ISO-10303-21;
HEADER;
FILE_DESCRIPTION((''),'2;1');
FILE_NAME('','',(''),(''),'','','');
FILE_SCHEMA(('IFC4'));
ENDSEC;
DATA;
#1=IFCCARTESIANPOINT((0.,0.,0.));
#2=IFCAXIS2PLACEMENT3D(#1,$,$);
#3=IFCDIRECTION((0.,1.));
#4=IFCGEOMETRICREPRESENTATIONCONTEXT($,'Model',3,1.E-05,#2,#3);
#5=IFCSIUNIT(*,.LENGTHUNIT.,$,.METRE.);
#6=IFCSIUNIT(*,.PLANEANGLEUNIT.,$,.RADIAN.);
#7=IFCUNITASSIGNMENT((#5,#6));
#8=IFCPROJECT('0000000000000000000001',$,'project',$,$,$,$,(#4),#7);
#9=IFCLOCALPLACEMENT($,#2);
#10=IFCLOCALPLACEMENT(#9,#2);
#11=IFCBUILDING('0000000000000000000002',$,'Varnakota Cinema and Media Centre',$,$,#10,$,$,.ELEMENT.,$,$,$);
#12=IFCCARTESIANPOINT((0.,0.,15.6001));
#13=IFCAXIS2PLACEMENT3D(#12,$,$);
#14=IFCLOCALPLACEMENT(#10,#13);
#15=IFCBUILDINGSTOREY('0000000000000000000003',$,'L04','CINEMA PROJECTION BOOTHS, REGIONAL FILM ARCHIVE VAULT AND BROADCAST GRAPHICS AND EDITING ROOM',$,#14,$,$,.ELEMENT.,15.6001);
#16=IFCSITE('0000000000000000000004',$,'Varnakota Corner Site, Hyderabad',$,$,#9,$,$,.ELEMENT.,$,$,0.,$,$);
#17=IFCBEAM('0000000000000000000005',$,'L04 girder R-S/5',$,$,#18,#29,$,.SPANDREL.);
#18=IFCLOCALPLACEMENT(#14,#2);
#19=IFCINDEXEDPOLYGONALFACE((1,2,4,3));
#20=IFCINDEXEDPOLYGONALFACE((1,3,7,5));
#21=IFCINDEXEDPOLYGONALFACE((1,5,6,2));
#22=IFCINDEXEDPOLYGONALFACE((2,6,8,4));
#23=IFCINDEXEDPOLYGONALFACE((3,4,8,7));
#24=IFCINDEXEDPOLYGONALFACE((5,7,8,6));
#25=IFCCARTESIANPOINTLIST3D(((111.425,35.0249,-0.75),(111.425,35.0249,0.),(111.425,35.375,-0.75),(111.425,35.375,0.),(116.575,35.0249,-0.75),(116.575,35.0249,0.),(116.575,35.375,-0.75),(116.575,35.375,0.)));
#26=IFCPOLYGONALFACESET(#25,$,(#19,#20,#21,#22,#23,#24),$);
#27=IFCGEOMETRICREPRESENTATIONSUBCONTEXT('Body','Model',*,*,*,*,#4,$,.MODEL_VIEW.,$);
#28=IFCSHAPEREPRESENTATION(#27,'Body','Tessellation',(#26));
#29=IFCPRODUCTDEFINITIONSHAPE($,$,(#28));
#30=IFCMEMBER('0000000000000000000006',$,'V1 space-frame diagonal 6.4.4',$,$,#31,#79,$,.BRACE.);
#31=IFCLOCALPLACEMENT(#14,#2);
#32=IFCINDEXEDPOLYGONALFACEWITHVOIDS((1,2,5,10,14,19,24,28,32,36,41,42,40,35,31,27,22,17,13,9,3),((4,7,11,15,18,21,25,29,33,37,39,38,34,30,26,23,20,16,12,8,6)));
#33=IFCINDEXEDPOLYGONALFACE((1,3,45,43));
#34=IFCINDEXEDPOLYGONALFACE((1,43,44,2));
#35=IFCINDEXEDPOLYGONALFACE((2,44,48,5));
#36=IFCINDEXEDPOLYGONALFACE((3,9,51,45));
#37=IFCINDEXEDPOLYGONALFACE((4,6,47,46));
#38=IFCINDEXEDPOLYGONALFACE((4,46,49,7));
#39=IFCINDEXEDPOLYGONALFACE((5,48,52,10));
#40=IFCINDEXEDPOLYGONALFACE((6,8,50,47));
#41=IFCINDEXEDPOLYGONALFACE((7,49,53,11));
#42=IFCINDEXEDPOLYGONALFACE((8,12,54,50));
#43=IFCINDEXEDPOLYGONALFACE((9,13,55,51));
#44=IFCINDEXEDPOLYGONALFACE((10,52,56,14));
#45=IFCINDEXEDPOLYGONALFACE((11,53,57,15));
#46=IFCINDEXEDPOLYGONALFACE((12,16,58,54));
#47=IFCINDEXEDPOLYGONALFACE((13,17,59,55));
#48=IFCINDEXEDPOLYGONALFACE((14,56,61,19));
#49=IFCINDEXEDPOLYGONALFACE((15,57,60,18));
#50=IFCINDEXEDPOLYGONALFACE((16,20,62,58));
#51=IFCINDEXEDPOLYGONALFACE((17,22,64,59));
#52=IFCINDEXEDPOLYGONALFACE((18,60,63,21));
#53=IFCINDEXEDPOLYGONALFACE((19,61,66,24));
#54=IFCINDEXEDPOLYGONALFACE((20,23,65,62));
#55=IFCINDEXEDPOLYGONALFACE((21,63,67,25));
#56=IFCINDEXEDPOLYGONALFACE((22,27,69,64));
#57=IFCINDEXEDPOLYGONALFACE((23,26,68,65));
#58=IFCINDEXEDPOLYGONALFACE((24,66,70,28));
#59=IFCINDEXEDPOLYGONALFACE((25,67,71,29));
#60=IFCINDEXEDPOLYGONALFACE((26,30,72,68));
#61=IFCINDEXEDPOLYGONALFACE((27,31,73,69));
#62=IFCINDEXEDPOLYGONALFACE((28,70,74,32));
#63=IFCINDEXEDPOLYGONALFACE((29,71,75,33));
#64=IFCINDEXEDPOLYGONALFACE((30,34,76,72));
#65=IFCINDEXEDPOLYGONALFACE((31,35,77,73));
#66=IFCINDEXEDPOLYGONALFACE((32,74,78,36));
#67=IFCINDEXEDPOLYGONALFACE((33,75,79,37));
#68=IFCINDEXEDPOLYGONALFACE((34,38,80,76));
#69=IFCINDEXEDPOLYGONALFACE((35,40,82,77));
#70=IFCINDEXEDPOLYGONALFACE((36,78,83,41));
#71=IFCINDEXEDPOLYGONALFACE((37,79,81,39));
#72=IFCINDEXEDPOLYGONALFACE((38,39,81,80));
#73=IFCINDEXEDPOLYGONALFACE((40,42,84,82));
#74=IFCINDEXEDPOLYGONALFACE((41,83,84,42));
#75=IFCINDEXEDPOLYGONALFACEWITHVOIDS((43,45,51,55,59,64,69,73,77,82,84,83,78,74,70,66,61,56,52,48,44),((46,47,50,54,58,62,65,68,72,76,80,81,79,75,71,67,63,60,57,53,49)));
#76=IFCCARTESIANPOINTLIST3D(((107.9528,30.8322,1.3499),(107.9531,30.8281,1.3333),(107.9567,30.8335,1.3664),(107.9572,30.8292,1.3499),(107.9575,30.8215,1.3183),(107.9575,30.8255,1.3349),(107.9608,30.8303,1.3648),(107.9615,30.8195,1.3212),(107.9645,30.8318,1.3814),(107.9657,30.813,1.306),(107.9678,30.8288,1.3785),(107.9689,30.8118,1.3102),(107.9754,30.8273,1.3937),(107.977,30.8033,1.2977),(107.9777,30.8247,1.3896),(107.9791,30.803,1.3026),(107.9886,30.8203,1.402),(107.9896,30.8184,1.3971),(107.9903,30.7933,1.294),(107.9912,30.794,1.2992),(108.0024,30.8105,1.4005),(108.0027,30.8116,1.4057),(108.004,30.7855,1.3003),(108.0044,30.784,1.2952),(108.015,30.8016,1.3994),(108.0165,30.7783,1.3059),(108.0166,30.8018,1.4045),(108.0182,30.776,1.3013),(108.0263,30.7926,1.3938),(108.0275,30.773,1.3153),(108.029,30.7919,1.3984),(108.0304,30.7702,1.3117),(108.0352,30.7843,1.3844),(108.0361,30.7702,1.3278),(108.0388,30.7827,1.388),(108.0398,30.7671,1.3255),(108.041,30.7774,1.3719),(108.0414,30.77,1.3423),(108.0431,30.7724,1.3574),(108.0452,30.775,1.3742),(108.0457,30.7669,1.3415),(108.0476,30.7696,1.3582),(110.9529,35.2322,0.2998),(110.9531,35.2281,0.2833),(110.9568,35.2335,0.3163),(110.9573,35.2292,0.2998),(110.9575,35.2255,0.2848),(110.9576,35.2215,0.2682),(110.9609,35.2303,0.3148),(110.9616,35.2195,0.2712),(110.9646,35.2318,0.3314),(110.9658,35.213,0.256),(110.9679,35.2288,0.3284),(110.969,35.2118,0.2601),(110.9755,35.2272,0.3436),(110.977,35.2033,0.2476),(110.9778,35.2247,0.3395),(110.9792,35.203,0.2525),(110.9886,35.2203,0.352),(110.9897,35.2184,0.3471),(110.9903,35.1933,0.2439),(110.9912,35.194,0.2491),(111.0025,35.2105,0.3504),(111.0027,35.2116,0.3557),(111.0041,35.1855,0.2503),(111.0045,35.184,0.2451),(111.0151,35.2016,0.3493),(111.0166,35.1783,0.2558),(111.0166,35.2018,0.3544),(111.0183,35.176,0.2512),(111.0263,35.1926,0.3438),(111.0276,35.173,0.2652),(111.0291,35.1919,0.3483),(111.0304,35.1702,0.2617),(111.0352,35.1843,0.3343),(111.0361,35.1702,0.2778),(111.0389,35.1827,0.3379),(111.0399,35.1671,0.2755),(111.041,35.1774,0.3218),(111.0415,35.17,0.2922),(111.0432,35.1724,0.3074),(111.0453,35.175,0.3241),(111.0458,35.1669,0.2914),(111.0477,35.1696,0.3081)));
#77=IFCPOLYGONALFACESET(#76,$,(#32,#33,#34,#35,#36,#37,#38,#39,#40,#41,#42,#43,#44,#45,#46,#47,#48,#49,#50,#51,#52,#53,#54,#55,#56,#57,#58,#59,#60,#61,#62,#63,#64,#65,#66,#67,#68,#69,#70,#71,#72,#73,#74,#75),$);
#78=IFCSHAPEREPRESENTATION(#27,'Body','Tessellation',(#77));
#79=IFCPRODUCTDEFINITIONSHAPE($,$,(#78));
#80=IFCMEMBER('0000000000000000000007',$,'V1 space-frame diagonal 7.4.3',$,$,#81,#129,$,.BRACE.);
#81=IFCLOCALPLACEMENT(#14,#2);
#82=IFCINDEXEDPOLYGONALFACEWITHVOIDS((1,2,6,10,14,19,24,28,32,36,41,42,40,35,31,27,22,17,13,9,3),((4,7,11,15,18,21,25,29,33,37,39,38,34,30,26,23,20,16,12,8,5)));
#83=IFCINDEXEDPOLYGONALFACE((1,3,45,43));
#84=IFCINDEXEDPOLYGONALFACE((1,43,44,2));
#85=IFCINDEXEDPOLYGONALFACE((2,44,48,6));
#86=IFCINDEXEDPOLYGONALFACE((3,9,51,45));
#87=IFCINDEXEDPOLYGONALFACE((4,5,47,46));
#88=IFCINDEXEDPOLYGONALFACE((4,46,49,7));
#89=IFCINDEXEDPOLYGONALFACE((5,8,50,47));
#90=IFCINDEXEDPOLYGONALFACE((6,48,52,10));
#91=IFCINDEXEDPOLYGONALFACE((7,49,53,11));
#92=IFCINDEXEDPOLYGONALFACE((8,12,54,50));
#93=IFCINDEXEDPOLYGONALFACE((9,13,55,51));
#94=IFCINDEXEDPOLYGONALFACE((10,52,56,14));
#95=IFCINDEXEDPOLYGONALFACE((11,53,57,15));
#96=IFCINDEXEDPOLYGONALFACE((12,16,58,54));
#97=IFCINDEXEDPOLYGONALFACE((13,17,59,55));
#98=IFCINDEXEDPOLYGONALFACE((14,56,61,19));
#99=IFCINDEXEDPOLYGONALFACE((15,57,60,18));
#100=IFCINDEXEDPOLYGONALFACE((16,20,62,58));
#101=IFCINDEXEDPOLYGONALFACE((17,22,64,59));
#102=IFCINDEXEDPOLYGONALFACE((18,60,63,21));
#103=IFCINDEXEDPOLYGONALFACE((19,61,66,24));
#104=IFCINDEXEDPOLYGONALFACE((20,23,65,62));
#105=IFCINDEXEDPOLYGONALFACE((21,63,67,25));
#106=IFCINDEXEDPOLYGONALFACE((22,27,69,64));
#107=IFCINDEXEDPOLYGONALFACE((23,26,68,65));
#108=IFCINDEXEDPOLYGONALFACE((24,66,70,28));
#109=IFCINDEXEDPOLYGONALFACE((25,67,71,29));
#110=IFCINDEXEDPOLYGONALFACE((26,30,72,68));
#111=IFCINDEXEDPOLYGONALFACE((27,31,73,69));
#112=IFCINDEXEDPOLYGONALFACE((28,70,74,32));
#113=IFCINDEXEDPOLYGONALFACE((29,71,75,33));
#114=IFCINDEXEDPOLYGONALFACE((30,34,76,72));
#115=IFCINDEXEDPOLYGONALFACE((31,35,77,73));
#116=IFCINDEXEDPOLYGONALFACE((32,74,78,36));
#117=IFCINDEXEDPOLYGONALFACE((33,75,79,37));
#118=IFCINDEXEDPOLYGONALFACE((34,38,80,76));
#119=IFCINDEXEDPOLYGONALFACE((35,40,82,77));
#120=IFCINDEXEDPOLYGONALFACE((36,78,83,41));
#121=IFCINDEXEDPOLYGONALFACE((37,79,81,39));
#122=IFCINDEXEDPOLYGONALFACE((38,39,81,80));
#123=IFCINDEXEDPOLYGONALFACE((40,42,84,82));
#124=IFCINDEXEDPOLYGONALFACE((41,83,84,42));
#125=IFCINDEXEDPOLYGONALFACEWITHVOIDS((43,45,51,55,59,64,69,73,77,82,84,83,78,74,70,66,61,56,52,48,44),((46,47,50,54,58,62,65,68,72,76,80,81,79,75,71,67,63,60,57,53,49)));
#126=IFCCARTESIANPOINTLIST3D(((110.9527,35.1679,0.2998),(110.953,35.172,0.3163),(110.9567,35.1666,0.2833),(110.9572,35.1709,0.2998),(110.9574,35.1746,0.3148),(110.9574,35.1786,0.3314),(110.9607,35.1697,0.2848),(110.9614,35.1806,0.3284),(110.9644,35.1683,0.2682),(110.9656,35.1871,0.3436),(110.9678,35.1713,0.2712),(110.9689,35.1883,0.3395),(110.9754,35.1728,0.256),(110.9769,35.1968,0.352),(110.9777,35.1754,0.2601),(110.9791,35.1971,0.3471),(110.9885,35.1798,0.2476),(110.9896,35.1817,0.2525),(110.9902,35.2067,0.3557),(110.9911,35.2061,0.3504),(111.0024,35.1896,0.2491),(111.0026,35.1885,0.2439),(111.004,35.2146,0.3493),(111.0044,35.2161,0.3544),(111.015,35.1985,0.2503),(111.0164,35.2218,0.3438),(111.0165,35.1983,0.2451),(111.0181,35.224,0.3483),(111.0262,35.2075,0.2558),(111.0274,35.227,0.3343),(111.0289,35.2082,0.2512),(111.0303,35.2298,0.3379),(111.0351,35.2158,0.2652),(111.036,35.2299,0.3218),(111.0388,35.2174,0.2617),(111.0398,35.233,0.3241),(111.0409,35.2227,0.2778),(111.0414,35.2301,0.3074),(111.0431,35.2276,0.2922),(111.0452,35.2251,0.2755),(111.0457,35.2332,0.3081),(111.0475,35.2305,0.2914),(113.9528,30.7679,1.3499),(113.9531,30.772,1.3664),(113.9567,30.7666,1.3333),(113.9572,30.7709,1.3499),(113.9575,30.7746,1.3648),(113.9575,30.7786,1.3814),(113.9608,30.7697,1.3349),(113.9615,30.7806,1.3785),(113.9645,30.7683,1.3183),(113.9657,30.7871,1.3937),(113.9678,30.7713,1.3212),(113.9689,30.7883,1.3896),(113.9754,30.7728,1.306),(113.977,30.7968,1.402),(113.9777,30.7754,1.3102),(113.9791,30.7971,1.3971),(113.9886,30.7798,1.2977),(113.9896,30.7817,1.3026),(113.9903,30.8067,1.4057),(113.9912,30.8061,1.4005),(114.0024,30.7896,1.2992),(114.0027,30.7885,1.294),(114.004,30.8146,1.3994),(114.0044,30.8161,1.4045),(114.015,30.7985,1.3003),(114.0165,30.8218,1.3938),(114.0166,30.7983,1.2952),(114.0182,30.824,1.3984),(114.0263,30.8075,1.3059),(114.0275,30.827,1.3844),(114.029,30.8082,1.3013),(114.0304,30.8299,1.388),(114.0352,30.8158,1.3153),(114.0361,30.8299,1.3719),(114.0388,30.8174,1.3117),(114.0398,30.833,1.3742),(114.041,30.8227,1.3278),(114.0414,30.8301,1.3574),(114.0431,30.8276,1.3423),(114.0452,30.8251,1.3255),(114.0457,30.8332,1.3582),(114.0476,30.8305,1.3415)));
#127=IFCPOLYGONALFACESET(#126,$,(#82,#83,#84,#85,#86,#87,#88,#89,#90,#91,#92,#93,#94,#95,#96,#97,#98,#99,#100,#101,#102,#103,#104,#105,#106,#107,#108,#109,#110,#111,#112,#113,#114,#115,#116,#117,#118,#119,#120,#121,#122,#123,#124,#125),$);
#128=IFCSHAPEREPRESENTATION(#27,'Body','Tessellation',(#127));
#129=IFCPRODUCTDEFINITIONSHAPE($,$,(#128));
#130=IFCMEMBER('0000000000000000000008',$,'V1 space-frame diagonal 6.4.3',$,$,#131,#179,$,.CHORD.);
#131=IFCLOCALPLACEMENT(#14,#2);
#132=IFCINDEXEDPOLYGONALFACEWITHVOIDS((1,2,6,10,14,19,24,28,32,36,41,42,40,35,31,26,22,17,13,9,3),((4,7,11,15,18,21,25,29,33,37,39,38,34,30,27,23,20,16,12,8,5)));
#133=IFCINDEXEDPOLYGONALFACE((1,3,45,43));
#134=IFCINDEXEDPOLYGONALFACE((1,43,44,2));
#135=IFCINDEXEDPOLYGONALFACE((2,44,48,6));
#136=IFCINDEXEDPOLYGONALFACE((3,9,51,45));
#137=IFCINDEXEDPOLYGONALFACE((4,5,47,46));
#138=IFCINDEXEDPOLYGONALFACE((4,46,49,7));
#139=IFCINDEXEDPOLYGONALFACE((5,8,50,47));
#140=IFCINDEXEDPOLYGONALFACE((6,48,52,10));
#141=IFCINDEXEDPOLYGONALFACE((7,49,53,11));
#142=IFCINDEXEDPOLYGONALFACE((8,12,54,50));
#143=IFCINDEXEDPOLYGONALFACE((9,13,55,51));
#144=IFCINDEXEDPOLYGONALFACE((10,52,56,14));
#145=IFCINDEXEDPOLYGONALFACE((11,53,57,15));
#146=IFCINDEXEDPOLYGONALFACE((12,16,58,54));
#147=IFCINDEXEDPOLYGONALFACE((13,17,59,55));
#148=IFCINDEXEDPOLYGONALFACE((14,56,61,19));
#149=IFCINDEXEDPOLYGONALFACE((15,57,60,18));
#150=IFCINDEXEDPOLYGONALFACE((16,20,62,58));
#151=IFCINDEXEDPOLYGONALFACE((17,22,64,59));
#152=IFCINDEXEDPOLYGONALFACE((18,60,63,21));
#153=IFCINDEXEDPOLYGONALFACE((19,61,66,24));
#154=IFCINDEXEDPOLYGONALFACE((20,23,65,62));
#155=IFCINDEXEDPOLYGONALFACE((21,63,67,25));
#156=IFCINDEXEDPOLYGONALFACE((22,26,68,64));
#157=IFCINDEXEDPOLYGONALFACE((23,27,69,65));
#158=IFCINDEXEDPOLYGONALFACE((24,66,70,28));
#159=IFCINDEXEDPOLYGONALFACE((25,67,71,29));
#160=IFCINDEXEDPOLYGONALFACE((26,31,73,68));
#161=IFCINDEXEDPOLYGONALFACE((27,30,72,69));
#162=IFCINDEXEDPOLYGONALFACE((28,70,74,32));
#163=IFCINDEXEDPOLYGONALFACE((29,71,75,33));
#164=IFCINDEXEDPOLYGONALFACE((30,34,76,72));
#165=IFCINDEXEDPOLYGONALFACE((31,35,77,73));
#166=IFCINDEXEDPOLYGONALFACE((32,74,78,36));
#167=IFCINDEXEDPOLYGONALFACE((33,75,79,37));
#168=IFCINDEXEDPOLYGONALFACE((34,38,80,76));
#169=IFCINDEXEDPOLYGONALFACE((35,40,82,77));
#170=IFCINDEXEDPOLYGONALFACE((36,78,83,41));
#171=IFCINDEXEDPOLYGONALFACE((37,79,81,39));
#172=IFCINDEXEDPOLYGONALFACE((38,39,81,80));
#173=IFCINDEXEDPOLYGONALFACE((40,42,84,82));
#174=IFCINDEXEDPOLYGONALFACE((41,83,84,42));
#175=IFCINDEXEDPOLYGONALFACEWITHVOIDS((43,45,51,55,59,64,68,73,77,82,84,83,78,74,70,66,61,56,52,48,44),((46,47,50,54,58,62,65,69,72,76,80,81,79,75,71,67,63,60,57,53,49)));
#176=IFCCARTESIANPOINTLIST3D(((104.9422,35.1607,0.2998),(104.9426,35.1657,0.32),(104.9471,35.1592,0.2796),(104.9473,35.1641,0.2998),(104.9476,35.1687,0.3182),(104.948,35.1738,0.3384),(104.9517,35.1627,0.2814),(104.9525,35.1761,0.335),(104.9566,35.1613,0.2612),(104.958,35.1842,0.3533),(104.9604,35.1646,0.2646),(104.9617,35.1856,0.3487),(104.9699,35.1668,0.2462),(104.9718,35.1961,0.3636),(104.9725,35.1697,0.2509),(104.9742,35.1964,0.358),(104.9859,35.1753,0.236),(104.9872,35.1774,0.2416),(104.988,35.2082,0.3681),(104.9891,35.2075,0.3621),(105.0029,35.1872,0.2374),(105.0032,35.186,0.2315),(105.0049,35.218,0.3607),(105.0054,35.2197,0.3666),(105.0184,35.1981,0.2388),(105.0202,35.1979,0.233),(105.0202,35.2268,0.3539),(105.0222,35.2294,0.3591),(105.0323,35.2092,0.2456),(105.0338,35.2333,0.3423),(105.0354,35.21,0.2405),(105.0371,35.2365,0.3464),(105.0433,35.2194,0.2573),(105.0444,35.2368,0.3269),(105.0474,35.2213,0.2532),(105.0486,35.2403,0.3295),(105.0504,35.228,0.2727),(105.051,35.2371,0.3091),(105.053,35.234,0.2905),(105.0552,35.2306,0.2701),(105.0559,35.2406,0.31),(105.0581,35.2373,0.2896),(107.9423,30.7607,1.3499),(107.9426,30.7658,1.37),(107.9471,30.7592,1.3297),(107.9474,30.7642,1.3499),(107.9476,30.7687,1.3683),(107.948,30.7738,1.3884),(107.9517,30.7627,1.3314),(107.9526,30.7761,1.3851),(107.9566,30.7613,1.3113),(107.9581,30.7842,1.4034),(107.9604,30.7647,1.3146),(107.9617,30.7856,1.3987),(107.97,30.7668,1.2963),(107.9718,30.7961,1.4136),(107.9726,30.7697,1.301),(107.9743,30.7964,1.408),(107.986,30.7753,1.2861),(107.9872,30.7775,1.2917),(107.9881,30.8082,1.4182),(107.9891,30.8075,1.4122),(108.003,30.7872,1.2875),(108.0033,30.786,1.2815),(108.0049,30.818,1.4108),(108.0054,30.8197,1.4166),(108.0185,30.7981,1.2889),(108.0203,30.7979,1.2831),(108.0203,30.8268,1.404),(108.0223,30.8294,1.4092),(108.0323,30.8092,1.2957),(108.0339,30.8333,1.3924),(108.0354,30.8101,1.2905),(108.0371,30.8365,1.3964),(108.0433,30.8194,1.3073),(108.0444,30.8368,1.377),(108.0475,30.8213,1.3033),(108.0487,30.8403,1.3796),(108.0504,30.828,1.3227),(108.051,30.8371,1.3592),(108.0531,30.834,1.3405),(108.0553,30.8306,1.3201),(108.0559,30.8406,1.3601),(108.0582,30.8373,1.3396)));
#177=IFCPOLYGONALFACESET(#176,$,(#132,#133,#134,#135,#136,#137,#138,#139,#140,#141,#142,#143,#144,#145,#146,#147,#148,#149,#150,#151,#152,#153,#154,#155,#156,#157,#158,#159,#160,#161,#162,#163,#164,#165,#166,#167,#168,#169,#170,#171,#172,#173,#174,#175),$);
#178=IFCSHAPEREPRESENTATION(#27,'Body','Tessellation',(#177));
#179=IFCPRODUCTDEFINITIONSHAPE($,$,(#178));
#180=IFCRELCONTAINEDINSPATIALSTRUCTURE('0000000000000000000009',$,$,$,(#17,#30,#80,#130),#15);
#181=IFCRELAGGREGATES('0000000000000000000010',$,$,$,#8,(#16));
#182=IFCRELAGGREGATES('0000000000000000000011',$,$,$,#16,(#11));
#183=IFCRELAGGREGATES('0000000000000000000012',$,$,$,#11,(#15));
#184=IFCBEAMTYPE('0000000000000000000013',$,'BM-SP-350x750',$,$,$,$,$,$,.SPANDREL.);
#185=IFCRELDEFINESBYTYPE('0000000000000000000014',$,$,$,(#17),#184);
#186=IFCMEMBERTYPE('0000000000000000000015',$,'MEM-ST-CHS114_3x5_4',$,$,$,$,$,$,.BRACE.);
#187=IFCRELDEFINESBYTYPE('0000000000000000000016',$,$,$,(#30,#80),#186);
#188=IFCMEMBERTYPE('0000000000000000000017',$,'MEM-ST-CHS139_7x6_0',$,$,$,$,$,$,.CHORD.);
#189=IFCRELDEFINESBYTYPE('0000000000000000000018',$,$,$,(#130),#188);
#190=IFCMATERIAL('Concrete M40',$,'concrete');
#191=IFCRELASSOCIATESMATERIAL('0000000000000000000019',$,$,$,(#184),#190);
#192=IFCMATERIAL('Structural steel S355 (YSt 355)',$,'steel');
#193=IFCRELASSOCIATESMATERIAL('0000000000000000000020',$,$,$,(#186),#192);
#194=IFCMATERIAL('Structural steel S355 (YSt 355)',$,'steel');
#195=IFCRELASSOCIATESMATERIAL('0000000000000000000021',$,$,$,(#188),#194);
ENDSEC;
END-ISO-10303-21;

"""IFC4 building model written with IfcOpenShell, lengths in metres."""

from ifc_helpers import new_model, si_unit, direction, frame, origin, origin_2d, place, context, subcontext, project, spatial, rectangle, hollow_circle, extrude, material, material_profile, profile_set, type_object, element, save


model = new_model("IFC4")

# Units and contexts
model_context = context("Model", 3, precision=1e-05, world=origin(), true_north=direction((0.0, 1.0)))
body_context = subcontext(model_context, "Body", "Model", "MODEL_VIEW")
ifc_project = project(units=[si_unit("LENGTHUNIT", "METRE"), si_unit("PLANEANGLEUNIT", "RADIAN")], contexts=[model_context])

# Site, building, storey
site_placement = place(None, origin())
site = spatial("IfcSite", under=ifc_project, at=site_placement, Name="Varnakota Corner Site, Hyderabad", CompositionType="ELEMENT", RefElevation=0.0)
building_placement = place(site_placement, origin())
building = spatial("IfcBuilding", under=site, at=building_placement, Name="Varnakota Cinema and Media Centre", CompositionType="ELEMENT")
storey_placement = place(building_placement, frame((0.0, 0.0, 15.6001)))
storey = spatial("IfcBuildingStorey", under=building, at=storey_placement, Name="L04", Description="CINEMA PROJECTION BOOTHS, REGIONAL FILM ARCHIVE VAULT AND BROADCAST GRAPHICS AND EDITING ROOM", CompositionType="ELEMENT", Elevation=15.6001)

# Beam
ifc_material_1 = material(Name="Concrete M40", Category="concrete")
ifc_material_profile_1 = material_profile(ifc_material_1, rectangle(XDim=0.3501, YDim=0.75, at=origin_2d()), Name="RCB 350x750")
ifc_profile_set_1 = profile_set([ifc_material_profile_1], Name="Concrete M40")
beam_type = type_object("IfcBeamType", Name="BM-SP-350x750", PredefinedType="SPANDREL", material=ifc_profile_set_1)
beam_placement = place(storey_placement, frame((111.425, 35.2, -0.375), z_axis=(1.0, 0.0, 0.0), x_axis=(0.0, 1.0, 0.0)))
element("IfcBeam", 1, at=beam_placement, inside=storey, type_object=beam_type, Name="L04 girder R-S/5", PredefinedType="SPANDREL", context=body_context, shape_type="SweptSolid", body=[
    extrude(rectangle(XDim=0.3501, YDim=0.75, at=origin_2d()), origin(), (0.0, 0.0, 1.0), 5.1499),
])

# Members
ifc_material_2 = material(Name="Structural steel S355 (YSt 355)", Category="steel")
ifc_material_profile_2 = material_profile(ifc_material_2, hollow_circle(Radius=0.0571, WallThickness=0.0054, at=origin_2d()), Name="CHS 114.3x5.4")
ifc_profile_set_2 = profile_set([ifc_material_profile_2], Name="Structural steel S355 (YSt 355)")
member_type_1 = type_object("IfcMemberType", Name="MEM-ST-CHS114_3x5_4", PredefinedType="BRACE", material=ifc_profile_set_2)
for number, where, z_axis, x_axis, name in (
    (2, (108.0, 30.8, 1.3499), (0.552703, 0.810613, -0.193455), (-0.826222, 0.563345, 0.0), "V1 space-frame diagonal 6.4.4"),
    (3, (114.0, 30.8, 1.3499), (-0.552703, 0.810613, -0.193455), (-0.826222, -0.563345, 0.0), "V1 space-frame diagonal 7.4.3"),
):
    element("IfcMember", number, at=place(storey_placement, frame(where, z_axis=z_axis, x_axis=x_axis)), inside=storey, type_object=member_type_1, Name=name, PredefinedType="BRACE", context=body_context, shape_type="SweptSolid", body=[
        extrude(hollow_circle(Radius=0.0571, WallThickness=0.0054, at=origin_2d()), origin(), (0.0, 0.0, 1.0), 5.428),
    ])
ifc_material_3 = material(Name="Structural steel S355 (YSt 355)", Category="steel")
ifc_material_profile_3 = material_profile(ifc_material_3, hollow_circle(Radius=0.0698, WallThickness=0.0061, at=origin_2d()), Name="CHS 139.7x6.0")
ifc_profile_set_3 = profile_set([ifc_material_profile_3], Name="Structural steel S355 (YSt 355)")
member_type_2 = type_object("IfcMemberType", Name="MEM-ST-CHS139_7x6_0", PredefinedType="CHORD", material=ifc_profile_set_3)
member_1_placement = place(storey_placement, frame((108.0, 30.8, 1.3499), z_axis=(-0.552703, 0.810613, -0.193455), x_axis=(-0.826222, -0.563345, 0.0)))
element("IfcMember", 4, at=member_1_placement, inside=storey, type_object=member_type_2, Name="V1 space-frame diagonal 6.4.3", PredefinedType="CHORD", context=body_context, shape_type="SweptSolid", body=[
    extrude(hollow_circle(Radius=0.0698, WallThickness=0.0061, at=origin_2d()), origin(), (0.0, 0.0, 1.0), 5.428),
])

save(model, "model.ifc")
